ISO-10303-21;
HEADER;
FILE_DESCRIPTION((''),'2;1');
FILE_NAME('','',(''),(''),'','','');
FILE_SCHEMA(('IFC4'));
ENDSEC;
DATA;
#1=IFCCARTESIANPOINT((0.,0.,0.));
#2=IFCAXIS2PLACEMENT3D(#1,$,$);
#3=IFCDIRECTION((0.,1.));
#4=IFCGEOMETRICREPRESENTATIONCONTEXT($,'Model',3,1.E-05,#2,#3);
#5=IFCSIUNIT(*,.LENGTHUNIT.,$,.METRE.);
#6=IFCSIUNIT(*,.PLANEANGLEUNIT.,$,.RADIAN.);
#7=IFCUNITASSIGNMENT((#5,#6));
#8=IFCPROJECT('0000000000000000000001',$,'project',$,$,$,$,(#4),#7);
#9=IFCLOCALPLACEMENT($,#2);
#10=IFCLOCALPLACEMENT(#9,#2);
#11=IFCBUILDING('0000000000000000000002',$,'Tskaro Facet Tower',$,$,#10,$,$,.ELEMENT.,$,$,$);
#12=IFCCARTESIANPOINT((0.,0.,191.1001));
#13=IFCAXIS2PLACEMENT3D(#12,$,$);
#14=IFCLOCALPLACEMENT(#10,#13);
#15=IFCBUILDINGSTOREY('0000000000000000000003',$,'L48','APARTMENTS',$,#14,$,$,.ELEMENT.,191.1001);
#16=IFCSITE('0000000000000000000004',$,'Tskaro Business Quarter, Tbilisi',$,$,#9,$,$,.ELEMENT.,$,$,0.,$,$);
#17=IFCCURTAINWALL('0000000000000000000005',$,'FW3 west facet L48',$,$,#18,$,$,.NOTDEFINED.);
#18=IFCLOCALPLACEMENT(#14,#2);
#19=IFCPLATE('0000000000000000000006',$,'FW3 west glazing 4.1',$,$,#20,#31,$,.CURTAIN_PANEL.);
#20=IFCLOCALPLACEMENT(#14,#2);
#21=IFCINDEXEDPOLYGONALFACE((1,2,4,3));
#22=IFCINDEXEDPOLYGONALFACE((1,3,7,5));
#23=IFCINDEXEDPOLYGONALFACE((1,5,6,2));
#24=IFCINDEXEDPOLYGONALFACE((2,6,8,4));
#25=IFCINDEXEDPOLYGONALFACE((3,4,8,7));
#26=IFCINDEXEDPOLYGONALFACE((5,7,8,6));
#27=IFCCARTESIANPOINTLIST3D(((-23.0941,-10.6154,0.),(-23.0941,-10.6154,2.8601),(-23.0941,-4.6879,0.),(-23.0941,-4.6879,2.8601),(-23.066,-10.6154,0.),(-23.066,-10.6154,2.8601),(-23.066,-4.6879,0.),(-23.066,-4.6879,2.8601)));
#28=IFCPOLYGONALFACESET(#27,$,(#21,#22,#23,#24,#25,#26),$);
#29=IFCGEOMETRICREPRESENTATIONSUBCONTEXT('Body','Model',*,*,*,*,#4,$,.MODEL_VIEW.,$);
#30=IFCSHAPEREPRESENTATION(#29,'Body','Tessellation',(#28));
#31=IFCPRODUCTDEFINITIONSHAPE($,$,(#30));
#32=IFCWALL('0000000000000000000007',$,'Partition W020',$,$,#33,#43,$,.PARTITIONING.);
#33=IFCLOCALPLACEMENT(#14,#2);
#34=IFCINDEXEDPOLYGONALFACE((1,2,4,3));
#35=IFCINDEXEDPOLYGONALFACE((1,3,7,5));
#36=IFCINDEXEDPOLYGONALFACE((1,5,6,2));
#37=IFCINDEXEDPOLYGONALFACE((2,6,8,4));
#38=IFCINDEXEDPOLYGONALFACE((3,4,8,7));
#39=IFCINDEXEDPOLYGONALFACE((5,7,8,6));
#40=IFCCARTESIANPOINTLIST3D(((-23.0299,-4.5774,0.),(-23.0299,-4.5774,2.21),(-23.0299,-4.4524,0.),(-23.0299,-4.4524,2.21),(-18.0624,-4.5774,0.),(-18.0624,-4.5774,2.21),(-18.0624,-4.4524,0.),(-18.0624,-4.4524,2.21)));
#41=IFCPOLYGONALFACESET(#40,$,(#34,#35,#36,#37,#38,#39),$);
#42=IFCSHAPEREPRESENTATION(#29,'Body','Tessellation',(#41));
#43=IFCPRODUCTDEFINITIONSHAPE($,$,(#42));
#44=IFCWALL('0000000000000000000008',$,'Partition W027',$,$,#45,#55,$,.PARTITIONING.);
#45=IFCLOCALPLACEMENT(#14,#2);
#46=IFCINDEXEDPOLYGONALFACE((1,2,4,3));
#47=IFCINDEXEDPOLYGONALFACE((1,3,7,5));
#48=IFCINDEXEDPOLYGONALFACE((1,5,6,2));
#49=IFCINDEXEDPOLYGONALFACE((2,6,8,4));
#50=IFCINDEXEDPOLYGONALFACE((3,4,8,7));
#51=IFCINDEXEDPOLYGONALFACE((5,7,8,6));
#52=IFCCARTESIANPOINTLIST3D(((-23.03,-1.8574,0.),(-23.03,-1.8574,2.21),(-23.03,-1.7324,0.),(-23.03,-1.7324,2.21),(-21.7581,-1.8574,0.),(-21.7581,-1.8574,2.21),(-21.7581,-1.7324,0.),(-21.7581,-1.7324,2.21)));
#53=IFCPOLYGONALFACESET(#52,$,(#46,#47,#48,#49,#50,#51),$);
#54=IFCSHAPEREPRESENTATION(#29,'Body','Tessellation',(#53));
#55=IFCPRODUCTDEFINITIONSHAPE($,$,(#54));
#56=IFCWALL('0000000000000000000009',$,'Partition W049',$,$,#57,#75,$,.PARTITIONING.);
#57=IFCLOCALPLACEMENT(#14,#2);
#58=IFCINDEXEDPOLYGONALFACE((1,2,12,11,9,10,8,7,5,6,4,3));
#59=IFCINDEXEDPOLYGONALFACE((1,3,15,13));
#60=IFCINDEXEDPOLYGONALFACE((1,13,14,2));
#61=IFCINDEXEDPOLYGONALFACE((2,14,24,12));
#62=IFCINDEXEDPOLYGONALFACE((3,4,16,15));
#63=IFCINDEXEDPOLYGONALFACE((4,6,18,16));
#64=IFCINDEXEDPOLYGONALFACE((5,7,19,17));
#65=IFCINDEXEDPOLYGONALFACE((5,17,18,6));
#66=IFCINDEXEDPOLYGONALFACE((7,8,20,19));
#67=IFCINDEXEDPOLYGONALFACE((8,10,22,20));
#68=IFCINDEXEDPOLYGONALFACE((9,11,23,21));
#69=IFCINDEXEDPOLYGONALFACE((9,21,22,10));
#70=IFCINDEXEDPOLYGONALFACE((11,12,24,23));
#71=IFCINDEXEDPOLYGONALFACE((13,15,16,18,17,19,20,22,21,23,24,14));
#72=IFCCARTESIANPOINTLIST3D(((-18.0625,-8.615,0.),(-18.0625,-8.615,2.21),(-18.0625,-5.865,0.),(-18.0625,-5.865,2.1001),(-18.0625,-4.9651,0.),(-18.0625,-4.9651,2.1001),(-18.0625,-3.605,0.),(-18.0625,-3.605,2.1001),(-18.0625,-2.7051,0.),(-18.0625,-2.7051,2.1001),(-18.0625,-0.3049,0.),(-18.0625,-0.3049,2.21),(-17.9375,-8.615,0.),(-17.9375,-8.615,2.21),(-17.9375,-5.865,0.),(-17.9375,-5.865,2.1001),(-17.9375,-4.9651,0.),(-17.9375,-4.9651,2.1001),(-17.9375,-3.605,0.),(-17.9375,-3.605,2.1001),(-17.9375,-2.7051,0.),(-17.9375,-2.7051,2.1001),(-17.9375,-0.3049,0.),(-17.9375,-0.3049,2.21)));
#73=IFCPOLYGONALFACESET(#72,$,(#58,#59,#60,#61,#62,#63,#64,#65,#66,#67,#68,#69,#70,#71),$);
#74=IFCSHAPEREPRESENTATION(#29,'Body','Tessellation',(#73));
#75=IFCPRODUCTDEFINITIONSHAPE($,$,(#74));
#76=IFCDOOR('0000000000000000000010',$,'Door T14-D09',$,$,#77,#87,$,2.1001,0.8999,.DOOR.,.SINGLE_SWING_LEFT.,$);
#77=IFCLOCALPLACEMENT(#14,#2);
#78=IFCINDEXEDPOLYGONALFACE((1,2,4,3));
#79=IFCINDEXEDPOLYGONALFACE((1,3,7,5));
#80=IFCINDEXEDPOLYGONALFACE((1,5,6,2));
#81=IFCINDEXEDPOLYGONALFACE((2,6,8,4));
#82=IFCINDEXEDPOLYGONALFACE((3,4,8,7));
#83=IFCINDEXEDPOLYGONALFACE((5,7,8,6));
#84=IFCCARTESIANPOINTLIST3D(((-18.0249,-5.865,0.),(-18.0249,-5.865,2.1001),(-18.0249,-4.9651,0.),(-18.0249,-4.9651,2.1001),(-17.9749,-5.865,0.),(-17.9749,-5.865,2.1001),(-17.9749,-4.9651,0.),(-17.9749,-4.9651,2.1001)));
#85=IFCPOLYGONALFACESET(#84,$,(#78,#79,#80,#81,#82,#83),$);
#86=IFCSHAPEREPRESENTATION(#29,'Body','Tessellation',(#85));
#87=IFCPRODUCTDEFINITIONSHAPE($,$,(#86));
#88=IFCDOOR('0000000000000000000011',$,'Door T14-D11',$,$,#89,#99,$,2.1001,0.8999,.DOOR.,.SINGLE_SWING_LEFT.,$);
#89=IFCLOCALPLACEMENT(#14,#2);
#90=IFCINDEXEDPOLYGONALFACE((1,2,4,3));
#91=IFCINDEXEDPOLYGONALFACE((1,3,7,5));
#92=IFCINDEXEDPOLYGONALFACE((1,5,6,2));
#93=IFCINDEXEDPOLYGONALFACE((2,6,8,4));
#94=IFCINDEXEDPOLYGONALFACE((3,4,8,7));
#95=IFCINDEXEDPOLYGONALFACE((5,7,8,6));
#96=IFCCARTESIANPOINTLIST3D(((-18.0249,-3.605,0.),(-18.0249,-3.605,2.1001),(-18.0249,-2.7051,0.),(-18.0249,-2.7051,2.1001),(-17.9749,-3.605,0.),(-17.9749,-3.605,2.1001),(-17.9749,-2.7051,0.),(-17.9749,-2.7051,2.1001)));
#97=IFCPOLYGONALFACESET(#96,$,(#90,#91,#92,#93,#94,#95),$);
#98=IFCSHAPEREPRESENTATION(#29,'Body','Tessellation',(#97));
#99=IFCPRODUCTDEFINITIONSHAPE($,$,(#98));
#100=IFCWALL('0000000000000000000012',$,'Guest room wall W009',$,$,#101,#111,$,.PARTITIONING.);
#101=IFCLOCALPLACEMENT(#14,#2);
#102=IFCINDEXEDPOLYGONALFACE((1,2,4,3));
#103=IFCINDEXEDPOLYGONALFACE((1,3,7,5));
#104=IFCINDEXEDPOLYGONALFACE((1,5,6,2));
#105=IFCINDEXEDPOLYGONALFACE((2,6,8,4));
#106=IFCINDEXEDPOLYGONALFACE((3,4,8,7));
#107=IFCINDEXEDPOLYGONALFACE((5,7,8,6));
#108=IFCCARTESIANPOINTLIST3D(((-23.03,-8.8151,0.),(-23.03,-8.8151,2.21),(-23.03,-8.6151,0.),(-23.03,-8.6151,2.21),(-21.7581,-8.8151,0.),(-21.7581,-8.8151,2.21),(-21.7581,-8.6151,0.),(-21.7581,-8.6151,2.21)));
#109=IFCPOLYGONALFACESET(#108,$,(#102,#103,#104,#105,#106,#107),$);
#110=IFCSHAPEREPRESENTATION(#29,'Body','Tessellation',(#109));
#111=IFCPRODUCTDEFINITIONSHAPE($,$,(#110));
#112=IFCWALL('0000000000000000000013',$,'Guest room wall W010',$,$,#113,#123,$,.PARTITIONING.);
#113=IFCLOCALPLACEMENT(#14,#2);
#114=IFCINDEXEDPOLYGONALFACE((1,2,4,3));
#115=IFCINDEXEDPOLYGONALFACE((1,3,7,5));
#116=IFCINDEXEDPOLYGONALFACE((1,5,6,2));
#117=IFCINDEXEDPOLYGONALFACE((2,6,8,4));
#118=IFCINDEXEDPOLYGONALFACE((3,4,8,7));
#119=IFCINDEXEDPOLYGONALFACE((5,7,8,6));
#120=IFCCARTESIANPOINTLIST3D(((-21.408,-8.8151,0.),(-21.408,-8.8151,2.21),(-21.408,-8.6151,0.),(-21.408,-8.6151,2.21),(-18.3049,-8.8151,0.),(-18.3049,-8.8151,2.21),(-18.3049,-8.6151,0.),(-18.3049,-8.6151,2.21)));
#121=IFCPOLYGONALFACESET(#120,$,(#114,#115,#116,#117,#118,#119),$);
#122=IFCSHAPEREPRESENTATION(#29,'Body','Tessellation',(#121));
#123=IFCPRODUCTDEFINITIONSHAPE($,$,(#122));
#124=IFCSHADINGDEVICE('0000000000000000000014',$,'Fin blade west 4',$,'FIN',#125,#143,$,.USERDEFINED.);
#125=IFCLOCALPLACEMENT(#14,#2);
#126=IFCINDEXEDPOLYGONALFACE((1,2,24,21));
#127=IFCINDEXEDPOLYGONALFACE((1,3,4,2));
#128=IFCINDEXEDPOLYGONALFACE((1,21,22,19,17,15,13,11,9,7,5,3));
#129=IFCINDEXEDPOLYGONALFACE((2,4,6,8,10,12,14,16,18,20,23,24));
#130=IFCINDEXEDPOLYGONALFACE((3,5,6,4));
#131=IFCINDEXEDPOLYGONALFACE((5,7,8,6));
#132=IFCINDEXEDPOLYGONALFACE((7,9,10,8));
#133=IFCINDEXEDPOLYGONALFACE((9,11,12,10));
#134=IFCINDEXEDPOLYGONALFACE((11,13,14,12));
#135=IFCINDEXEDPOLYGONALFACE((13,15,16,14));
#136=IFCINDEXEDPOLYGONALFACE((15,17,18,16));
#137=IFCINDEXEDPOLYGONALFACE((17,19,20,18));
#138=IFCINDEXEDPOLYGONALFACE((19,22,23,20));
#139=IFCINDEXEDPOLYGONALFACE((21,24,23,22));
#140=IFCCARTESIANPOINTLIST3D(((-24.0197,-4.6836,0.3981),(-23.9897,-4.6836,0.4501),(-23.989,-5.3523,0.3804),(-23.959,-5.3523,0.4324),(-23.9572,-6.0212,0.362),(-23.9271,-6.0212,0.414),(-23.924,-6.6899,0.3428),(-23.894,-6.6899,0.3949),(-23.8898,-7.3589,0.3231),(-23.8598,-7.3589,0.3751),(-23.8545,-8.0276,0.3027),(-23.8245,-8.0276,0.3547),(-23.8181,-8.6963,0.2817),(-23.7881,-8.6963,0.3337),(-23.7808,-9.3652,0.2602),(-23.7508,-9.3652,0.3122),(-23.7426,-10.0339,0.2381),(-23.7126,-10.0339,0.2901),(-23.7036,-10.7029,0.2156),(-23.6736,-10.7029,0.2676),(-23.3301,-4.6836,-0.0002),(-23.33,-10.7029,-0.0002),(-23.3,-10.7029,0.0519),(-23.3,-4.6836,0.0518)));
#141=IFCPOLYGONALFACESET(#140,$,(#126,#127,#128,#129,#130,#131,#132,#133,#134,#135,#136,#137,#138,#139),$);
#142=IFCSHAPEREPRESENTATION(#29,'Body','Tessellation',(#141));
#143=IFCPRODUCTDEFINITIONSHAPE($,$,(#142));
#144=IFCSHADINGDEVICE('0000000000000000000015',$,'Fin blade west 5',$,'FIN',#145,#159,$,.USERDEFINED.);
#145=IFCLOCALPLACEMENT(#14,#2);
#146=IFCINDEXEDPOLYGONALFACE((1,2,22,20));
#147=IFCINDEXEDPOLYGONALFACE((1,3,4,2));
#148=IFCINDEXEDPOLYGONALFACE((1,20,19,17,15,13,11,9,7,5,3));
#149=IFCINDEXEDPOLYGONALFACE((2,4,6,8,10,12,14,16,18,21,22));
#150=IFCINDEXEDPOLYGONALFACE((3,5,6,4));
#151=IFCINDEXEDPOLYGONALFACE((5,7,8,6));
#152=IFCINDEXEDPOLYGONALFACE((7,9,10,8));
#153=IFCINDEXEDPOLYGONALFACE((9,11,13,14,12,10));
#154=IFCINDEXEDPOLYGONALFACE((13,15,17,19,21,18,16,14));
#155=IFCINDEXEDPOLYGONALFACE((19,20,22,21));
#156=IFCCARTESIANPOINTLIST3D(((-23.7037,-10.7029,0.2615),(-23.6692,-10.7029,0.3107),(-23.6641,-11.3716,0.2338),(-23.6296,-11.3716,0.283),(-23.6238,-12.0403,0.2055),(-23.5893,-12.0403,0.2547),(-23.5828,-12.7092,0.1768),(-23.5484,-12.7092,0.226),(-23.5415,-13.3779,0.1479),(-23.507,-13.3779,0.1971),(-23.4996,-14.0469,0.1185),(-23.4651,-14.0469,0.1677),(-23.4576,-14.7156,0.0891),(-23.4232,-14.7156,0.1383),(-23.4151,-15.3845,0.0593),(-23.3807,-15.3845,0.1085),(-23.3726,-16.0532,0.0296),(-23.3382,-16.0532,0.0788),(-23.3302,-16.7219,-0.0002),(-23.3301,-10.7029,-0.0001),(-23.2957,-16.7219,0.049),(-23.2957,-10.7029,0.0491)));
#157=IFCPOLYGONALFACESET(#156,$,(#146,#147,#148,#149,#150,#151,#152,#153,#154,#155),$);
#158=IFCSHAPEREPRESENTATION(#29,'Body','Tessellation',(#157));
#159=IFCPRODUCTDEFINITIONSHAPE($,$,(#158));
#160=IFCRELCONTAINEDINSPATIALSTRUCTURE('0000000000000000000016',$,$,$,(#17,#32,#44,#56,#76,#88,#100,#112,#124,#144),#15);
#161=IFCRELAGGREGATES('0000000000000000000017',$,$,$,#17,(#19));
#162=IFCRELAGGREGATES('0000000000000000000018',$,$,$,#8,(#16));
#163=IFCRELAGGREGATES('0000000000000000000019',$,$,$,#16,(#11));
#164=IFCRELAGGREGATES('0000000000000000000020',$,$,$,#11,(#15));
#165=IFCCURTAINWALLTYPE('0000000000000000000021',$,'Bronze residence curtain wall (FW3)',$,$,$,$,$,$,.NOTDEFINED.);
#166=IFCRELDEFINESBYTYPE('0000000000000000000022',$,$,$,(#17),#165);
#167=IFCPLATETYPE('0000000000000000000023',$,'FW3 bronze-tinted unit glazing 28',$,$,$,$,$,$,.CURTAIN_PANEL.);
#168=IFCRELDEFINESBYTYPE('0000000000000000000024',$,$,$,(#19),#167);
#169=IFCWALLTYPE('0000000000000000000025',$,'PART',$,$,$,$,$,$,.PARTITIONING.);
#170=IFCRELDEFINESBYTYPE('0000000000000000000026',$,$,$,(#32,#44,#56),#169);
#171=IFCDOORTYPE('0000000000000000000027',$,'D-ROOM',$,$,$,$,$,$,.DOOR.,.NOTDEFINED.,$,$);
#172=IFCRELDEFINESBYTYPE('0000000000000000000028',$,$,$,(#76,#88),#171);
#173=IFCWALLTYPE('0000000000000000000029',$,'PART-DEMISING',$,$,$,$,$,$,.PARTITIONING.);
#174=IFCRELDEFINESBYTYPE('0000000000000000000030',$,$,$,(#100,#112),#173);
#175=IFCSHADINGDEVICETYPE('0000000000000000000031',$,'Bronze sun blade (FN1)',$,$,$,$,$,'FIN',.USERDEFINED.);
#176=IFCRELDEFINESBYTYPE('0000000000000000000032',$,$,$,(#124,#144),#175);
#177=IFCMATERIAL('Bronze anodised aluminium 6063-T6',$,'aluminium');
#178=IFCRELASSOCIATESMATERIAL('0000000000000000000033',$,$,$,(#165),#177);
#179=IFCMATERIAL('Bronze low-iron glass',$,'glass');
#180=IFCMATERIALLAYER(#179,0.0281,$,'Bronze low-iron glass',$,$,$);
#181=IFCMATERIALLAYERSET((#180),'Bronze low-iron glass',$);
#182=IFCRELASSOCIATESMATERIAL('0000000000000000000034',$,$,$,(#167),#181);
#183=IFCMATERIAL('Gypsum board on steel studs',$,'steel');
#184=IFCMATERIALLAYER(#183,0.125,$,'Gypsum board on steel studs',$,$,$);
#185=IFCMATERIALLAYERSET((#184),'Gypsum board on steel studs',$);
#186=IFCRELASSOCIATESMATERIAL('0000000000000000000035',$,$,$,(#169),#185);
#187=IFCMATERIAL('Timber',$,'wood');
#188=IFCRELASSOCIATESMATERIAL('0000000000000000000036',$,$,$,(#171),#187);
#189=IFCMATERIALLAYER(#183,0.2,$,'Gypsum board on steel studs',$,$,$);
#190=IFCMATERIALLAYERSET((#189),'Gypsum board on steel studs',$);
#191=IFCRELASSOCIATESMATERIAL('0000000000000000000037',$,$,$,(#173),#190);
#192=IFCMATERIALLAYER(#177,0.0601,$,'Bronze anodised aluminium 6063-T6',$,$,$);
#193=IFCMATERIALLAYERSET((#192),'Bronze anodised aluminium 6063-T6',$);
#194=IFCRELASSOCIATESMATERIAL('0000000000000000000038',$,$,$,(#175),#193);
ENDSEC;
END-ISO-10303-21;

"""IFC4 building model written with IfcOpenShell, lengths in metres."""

from ifc_helpers import new_model, si_unit, direction, frame, frame_2d, origin, origin_2d, place, context, subcontext, project, spatial, polyline, rectangle, outline, extrude, material, layer, layer_set, type_object, element, fill, aggregate, save


model = new_model("IFC4")

# Units and contexts
model_context = context("Model", 3, precision=1e-05, world=origin(), true_north=direction((0.0, 1.0)))
body_context = subcontext(model_context, "Body", "Model", "MODEL_VIEW")
ifc_project = project(units=[si_unit("LENGTHUNIT", "METRE"), si_unit("PLANEANGLEUNIT", "RADIAN")], contexts=[model_context])

# Site, building, storey
site_placement = place(None, origin())
site = spatial("IfcSite", under=ifc_project, at=site_placement, Name="Tskaro Business Quarter, Tbilisi", CompositionType="ELEMENT", RefElevation=0.0)
building_placement = place(site_placement, origin())
building = spatial("IfcBuilding", under=site, at=building_placement, Name="Tskaro Facet Tower", CompositionType="ELEMENT")
storey_placement = place(building_placement, frame((0.0, 0.0, 191.1001)))
storey = spatial("IfcBuildingStorey", under=building, at=storey_placement, Name="L48", Description="APARTMENTS", CompositionType="ELEMENT", Elevation=191.1001)

# Curtain wall
ifc_material_1 = material(Name="Bronze anodised aluminium 6063-T6", Category="aluminium")
curtain_wall_type = type_object("IfcCurtainWallType", Name="Bronze residence curtain wall (FW3)", PredefinedType="NOTDEFINED", material=ifc_material_1)
curtain_wall_placement = place(storey_placement, origin())
curtain_wall = element("IfcCurtainWall", 1, at=curtain_wall_placement, inside=storey, type_object=curtain_wall_type, Name="FW3 west facet L48", PredefinedType="NOTDEFINED")

# Plate
ifc_material_2 = material(Name="Bronze low-iron glass", Category="glass")
ifc_layer_1 = layer(ifc_material_2, 0.0281, Name="Bronze low-iron glass")
ifc_layer_set_1 = layer_set([ifc_layer_1], Name="Bronze low-iron glass")
plate_type = type_object("IfcPlateType", Name="FW3 bronze-tinted unit glazing 28", PredefinedType="CURTAIN_PANEL", material=ifc_layer_set_1)
plate_placement = place(storey_placement, frame((-23.0801, -7.6516, 0.0), z_axis=(0.0, 0.0, 1.0), x_axis=(0.0, -1.0, 0.0)))
plate = element("IfcPlate", 2, at=plate_placement, type_object=plate_type, Name="FW3 west glazing 4.1", PredefinedType="CURTAIN_PANEL", context=body_context, shape_type="SweptSolid", body=[
    extrude(rectangle(XDim=5.9275, YDim=0.0281, at=origin_2d()), origin(), (0.0, 0.0, 1.0), 2.8601),
])
aggregate(curtain_wall, [plate])

# Walls
ifc_material_3 = material(Name="Gypsum board on steel studs", Category="steel")
ifc_layer_2 = layer(ifc_material_3, 0.125, Name="Gypsum board on steel studs")
ifc_layer_set_2 = layer_set([ifc_layer_2], Name="Gypsum board on steel studs")
wall_type_1 = type_object("IfcWallType", Name="PART", PredefinedType="PARTITIONING", material=ifc_layer_set_2)
wall_1_placement = place(storey_placement, frame((-23.03, -4.5149, 0.0), z_axis=(0.0, 0.0, 1.0), x_axis=(1.0, 0.0, 0.0)))
element("IfcWall", 3, at=wall_1_placement, inside=storey, type_object=wall_type_1, Name="Partition W020", PredefinedType="PARTITIONING", context=body_context, shape_type="SweptSolid", body=[
    extrude(rectangle(XDim=4.9675, YDim=0.125, at=frame_2d((2.4839, 0.0))), origin(), (0.0, 0.0, 1.0), 2.21),
])
wall_2_placement = place(storey_placement, frame((-23.03, -1.7949, 0.0), z_axis=(0.0, 0.0, 1.0), x_axis=(1.0, 0.0, 0.0)))
element("IfcWall", 4, at=wall_2_placement, inside=storey, type_object=wall_type_1, Name="Partition W027", PredefinedType="PARTITIONING", context=body_context, shape_type="SweptSolid", body=[
    extrude(rectangle(XDim=1.272, YDim=0.125, at=frame_2d((0.636, 0.0))), origin(), (0.0, 0.0, 1.0), 2.21),
])

# Wall, openings, doors
wall_3_placement = place(storey_placement, frame((-18.0, -8.615, 0.0), z_axis=(0.0, 0.0, 1.0), x_axis=(0.0, 1.0, 0.0)))
wall_3 = element("IfcWall", 5, at=wall_3_placement, inside=storey, type_object=wall_type_1, Name="Partition W049", PredefinedType="PARTITIONING", context=body_context, shape_type="SweptSolid", body=[
    extrude(rectangle(XDim=8.3101, YDim=0.125, at=frame_2d((4.155, 0.0))), origin(), (0.0, 0.0, 1.0), 2.21),
])
opening_1_placement = place(wall_3_placement, frame((2.75, 0.0, 0.0)))
opening_1 = element("IfcOpeningElement", 6, at=opening_1_placement, cuts=wall_3, PredefinedType="OPENING", context=body_context, shape_type="SweptSolid", body=[
    extrude(rectangle(XDim=0.8999, YDim=2.1001, at=frame_2d((0.45, 1.05))), frame((0.0, 0.0725, 0.0), z_axis=(0.0, -1.0, 0.0), x_axis=(1.0, 0.0, 0.0)), (0.0, 0.0, 1.0), 0.145),
])
opening_2_placement = place(wall_3_placement, frame((5.01, 0.0, 0.0)))
opening_2 = element("IfcOpeningElement", 7, at=opening_2_placement, cuts=wall_3, PredefinedType="OPENING", context=body_context, shape_type="SweptSolid", body=[
    extrude(rectangle(XDim=0.8999, YDim=2.1001, at=frame_2d((0.45, 1.05))), frame((0.0, 0.0725, 0.0), z_axis=(0.0, -1.0, 0.0), x_axis=(1.0, 0.0, 0.0)), (0.0, 0.0, 1.0), 0.145),
])
ifc_material_4 = material(Name="Timber", Category="wood")
door_type = type_object("IfcDoorType", Name="D-ROOM", OperationType="NOTDEFINED", PredefinedType="DOOR", material=ifc_material_4)
door_1_placement = place(opening_1_placement, origin())
door_1 = element("IfcDoor", 8, at=door_1_placement, inside=storey, type_object=door_type, Name="Door T14-D09", OperationType="SINGLE_SWING_LEFT", OverallHeight=2.1001, OverallWidth=0.8999, PredefinedType="DOOR", context=body_context, shape_type="SweptSolid", body=[
    extrude(rectangle(XDim=0.8999, YDim=2.1001, at=frame_2d((0.45, 1.05))), frame((0.0, 0.0249, 0.0), z_axis=(0.0, -1.0, 0.0), x_axis=(1.0, 0.0, 0.0)), (0.0, 0.0, 1.0), 0.05),
])
fill(opening_1, door_1)
door_2_placement = place(opening_2_placement, origin())
door_2 = element("IfcDoor", 9, at=door_2_placement, inside=storey, type_object=door_type, Name="Door T14-D11", OperationType="SINGLE_SWING_LEFT", OverallHeight=2.1001, OverallWidth=0.8999, PredefinedType="DOOR", context=body_context, shape_type="SweptSolid", body=[
    extrude(rectangle(XDim=0.8999, YDim=2.1001, at=frame_2d((0.45, 1.05))), frame((0.0, 0.0249, 0.0), z_axis=(0.0, -1.0, 0.0), x_axis=(1.0, 0.0, 0.0)), (0.0, 0.0, 1.0), 0.05),
])
fill(opening_2, door_2)

# Walls
ifc_layer_3 = layer(ifc_material_3, 0.2, Name="Gypsum board on steel studs")
ifc_layer_set_3 = layer_set([ifc_layer_3], Name="Gypsum board on steel studs")
wall_type_2 = type_object("IfcWallType", Name="PART-DEMISING", PredefinedType="PARTITIONING", material=ifc_layer_set_3)
wall_4_placement = place(storey_placement, frame((-23.03, -8.7151, 0.0), z_axis=(0.0, 0.0, 1.0), x_axis=(1.0, 0.0, 0.0)))
element("IfcWall", 10, at=wall_4_placement, inside=storey, type_object=wall_type_2, Name="Guest room wall W009", PredefinedType="PARTITIONING", context=body_context, shape_type="SweptSolid", body=[
    extrude(rectangle(XDim=1.272, YDim=0.2, at=frame_2d((0.636, 0.0))), origin(), (0.0, 0.0, 1.0), 2.21),
])
wall_5_placement = place(storey_placement, frame((-21.408, -8.7151, 0.0), z_axis=(0.0, 0.0, 1.0), x_axis=(1.0, 0.0, 0.0)))
element("IfcWall", 11, at=wall_5_placement, inside=storey, type_object=wall_type_2, Name="Guest room wall W010", PredefinedType="PARTITIONING", context=body_context, shape_type="SweptSolid", body=[
    extrude(rectangle(XDim=3.103, YDim=0.2, at=frame_2d((1.5515, 0.0))), origin(), (0.0, 0.0, 1.0), 2.21),
])

# Shading devices
ifc_layer_4 = layer(ifc_material_1, 0.0601, Name="Bronze anodised aluminium 6063-T6")
ifc_layer_set_4 = layer_set([ifc_layer_4], Name="Bronze anodised aluminium 6063-T6")
shading_device_type = type_object("IfcShadingDeviceType", Name="Bronze sun blade (FN1)", ElementType="FIN", PredefinedType="USERDEFINED", material=ifc_layer_set_4)
shading_device_1_placement = place(storey_placement, frame((-23.3, -4.6836, 0.0518), z_axis=(0.500147, 0.000019, 0.86594), x_axis=(0.000009, -1.0, 0.000016)))
element("IfcShadingDevice", 12, at=shading_device_1_placement, inside=storey, type_object=shading_device_type, Name="Fin blade west 4", ObjectType="FIN", PredefinedType="USERDEFINED", context=body_context, shape_type="SweptSolid", body=[
    extrude(outline(polyline([(0.0, 0.0), (6.0193, 0.0), (6.0193, -0.4314), (5.3503, -0.4765), (4.6816, -0.5206), (4.0127, -0.5636), (3.344, -0.6056), (2.6753, -0.6464), (2.0063, -0.6859), (1.3376, -0.7242), (0.6687, -0.761), (0.0, -0.7964), (0.0, 0.0)])), origin(), (0.0, 0.0, -1.0), 0.0601),
])
shading_device_2_placement = place(storey_placement, frame((-23.2957, -10.7029, 0.0491), z_axis=(0.573659, -0.000015, 0.819094), x_axis=(-0.000008, -1.0, -0.000012)))
element("IfcShadingDevice", 13, at=shading_device_2_placement, inside=storey, type_object=shading_device_type, Name="Fin blade west 5", ObjectType="FIN", PredefinedType="USERDEFINED", context=body_context, shape_type="SweptSolid", body=[
    extrude(outline(polyline([(0.0, 0.0), (6.019, 0.0), (5.3503, -0.0519), (4.6816, -0.1038), (4.0127, -0.1556), (3.344, -0.2068), (2.675, -0.2581), (2.0063, -0.3085), (1.3374, -0.3585), (0.6687, -0.4077), (0.0, -0.4561), (0.0, 0.0)])), origin(), (0.0, 0.0, -1.0), 0.0601),
])

save(model, "model.ifc")
